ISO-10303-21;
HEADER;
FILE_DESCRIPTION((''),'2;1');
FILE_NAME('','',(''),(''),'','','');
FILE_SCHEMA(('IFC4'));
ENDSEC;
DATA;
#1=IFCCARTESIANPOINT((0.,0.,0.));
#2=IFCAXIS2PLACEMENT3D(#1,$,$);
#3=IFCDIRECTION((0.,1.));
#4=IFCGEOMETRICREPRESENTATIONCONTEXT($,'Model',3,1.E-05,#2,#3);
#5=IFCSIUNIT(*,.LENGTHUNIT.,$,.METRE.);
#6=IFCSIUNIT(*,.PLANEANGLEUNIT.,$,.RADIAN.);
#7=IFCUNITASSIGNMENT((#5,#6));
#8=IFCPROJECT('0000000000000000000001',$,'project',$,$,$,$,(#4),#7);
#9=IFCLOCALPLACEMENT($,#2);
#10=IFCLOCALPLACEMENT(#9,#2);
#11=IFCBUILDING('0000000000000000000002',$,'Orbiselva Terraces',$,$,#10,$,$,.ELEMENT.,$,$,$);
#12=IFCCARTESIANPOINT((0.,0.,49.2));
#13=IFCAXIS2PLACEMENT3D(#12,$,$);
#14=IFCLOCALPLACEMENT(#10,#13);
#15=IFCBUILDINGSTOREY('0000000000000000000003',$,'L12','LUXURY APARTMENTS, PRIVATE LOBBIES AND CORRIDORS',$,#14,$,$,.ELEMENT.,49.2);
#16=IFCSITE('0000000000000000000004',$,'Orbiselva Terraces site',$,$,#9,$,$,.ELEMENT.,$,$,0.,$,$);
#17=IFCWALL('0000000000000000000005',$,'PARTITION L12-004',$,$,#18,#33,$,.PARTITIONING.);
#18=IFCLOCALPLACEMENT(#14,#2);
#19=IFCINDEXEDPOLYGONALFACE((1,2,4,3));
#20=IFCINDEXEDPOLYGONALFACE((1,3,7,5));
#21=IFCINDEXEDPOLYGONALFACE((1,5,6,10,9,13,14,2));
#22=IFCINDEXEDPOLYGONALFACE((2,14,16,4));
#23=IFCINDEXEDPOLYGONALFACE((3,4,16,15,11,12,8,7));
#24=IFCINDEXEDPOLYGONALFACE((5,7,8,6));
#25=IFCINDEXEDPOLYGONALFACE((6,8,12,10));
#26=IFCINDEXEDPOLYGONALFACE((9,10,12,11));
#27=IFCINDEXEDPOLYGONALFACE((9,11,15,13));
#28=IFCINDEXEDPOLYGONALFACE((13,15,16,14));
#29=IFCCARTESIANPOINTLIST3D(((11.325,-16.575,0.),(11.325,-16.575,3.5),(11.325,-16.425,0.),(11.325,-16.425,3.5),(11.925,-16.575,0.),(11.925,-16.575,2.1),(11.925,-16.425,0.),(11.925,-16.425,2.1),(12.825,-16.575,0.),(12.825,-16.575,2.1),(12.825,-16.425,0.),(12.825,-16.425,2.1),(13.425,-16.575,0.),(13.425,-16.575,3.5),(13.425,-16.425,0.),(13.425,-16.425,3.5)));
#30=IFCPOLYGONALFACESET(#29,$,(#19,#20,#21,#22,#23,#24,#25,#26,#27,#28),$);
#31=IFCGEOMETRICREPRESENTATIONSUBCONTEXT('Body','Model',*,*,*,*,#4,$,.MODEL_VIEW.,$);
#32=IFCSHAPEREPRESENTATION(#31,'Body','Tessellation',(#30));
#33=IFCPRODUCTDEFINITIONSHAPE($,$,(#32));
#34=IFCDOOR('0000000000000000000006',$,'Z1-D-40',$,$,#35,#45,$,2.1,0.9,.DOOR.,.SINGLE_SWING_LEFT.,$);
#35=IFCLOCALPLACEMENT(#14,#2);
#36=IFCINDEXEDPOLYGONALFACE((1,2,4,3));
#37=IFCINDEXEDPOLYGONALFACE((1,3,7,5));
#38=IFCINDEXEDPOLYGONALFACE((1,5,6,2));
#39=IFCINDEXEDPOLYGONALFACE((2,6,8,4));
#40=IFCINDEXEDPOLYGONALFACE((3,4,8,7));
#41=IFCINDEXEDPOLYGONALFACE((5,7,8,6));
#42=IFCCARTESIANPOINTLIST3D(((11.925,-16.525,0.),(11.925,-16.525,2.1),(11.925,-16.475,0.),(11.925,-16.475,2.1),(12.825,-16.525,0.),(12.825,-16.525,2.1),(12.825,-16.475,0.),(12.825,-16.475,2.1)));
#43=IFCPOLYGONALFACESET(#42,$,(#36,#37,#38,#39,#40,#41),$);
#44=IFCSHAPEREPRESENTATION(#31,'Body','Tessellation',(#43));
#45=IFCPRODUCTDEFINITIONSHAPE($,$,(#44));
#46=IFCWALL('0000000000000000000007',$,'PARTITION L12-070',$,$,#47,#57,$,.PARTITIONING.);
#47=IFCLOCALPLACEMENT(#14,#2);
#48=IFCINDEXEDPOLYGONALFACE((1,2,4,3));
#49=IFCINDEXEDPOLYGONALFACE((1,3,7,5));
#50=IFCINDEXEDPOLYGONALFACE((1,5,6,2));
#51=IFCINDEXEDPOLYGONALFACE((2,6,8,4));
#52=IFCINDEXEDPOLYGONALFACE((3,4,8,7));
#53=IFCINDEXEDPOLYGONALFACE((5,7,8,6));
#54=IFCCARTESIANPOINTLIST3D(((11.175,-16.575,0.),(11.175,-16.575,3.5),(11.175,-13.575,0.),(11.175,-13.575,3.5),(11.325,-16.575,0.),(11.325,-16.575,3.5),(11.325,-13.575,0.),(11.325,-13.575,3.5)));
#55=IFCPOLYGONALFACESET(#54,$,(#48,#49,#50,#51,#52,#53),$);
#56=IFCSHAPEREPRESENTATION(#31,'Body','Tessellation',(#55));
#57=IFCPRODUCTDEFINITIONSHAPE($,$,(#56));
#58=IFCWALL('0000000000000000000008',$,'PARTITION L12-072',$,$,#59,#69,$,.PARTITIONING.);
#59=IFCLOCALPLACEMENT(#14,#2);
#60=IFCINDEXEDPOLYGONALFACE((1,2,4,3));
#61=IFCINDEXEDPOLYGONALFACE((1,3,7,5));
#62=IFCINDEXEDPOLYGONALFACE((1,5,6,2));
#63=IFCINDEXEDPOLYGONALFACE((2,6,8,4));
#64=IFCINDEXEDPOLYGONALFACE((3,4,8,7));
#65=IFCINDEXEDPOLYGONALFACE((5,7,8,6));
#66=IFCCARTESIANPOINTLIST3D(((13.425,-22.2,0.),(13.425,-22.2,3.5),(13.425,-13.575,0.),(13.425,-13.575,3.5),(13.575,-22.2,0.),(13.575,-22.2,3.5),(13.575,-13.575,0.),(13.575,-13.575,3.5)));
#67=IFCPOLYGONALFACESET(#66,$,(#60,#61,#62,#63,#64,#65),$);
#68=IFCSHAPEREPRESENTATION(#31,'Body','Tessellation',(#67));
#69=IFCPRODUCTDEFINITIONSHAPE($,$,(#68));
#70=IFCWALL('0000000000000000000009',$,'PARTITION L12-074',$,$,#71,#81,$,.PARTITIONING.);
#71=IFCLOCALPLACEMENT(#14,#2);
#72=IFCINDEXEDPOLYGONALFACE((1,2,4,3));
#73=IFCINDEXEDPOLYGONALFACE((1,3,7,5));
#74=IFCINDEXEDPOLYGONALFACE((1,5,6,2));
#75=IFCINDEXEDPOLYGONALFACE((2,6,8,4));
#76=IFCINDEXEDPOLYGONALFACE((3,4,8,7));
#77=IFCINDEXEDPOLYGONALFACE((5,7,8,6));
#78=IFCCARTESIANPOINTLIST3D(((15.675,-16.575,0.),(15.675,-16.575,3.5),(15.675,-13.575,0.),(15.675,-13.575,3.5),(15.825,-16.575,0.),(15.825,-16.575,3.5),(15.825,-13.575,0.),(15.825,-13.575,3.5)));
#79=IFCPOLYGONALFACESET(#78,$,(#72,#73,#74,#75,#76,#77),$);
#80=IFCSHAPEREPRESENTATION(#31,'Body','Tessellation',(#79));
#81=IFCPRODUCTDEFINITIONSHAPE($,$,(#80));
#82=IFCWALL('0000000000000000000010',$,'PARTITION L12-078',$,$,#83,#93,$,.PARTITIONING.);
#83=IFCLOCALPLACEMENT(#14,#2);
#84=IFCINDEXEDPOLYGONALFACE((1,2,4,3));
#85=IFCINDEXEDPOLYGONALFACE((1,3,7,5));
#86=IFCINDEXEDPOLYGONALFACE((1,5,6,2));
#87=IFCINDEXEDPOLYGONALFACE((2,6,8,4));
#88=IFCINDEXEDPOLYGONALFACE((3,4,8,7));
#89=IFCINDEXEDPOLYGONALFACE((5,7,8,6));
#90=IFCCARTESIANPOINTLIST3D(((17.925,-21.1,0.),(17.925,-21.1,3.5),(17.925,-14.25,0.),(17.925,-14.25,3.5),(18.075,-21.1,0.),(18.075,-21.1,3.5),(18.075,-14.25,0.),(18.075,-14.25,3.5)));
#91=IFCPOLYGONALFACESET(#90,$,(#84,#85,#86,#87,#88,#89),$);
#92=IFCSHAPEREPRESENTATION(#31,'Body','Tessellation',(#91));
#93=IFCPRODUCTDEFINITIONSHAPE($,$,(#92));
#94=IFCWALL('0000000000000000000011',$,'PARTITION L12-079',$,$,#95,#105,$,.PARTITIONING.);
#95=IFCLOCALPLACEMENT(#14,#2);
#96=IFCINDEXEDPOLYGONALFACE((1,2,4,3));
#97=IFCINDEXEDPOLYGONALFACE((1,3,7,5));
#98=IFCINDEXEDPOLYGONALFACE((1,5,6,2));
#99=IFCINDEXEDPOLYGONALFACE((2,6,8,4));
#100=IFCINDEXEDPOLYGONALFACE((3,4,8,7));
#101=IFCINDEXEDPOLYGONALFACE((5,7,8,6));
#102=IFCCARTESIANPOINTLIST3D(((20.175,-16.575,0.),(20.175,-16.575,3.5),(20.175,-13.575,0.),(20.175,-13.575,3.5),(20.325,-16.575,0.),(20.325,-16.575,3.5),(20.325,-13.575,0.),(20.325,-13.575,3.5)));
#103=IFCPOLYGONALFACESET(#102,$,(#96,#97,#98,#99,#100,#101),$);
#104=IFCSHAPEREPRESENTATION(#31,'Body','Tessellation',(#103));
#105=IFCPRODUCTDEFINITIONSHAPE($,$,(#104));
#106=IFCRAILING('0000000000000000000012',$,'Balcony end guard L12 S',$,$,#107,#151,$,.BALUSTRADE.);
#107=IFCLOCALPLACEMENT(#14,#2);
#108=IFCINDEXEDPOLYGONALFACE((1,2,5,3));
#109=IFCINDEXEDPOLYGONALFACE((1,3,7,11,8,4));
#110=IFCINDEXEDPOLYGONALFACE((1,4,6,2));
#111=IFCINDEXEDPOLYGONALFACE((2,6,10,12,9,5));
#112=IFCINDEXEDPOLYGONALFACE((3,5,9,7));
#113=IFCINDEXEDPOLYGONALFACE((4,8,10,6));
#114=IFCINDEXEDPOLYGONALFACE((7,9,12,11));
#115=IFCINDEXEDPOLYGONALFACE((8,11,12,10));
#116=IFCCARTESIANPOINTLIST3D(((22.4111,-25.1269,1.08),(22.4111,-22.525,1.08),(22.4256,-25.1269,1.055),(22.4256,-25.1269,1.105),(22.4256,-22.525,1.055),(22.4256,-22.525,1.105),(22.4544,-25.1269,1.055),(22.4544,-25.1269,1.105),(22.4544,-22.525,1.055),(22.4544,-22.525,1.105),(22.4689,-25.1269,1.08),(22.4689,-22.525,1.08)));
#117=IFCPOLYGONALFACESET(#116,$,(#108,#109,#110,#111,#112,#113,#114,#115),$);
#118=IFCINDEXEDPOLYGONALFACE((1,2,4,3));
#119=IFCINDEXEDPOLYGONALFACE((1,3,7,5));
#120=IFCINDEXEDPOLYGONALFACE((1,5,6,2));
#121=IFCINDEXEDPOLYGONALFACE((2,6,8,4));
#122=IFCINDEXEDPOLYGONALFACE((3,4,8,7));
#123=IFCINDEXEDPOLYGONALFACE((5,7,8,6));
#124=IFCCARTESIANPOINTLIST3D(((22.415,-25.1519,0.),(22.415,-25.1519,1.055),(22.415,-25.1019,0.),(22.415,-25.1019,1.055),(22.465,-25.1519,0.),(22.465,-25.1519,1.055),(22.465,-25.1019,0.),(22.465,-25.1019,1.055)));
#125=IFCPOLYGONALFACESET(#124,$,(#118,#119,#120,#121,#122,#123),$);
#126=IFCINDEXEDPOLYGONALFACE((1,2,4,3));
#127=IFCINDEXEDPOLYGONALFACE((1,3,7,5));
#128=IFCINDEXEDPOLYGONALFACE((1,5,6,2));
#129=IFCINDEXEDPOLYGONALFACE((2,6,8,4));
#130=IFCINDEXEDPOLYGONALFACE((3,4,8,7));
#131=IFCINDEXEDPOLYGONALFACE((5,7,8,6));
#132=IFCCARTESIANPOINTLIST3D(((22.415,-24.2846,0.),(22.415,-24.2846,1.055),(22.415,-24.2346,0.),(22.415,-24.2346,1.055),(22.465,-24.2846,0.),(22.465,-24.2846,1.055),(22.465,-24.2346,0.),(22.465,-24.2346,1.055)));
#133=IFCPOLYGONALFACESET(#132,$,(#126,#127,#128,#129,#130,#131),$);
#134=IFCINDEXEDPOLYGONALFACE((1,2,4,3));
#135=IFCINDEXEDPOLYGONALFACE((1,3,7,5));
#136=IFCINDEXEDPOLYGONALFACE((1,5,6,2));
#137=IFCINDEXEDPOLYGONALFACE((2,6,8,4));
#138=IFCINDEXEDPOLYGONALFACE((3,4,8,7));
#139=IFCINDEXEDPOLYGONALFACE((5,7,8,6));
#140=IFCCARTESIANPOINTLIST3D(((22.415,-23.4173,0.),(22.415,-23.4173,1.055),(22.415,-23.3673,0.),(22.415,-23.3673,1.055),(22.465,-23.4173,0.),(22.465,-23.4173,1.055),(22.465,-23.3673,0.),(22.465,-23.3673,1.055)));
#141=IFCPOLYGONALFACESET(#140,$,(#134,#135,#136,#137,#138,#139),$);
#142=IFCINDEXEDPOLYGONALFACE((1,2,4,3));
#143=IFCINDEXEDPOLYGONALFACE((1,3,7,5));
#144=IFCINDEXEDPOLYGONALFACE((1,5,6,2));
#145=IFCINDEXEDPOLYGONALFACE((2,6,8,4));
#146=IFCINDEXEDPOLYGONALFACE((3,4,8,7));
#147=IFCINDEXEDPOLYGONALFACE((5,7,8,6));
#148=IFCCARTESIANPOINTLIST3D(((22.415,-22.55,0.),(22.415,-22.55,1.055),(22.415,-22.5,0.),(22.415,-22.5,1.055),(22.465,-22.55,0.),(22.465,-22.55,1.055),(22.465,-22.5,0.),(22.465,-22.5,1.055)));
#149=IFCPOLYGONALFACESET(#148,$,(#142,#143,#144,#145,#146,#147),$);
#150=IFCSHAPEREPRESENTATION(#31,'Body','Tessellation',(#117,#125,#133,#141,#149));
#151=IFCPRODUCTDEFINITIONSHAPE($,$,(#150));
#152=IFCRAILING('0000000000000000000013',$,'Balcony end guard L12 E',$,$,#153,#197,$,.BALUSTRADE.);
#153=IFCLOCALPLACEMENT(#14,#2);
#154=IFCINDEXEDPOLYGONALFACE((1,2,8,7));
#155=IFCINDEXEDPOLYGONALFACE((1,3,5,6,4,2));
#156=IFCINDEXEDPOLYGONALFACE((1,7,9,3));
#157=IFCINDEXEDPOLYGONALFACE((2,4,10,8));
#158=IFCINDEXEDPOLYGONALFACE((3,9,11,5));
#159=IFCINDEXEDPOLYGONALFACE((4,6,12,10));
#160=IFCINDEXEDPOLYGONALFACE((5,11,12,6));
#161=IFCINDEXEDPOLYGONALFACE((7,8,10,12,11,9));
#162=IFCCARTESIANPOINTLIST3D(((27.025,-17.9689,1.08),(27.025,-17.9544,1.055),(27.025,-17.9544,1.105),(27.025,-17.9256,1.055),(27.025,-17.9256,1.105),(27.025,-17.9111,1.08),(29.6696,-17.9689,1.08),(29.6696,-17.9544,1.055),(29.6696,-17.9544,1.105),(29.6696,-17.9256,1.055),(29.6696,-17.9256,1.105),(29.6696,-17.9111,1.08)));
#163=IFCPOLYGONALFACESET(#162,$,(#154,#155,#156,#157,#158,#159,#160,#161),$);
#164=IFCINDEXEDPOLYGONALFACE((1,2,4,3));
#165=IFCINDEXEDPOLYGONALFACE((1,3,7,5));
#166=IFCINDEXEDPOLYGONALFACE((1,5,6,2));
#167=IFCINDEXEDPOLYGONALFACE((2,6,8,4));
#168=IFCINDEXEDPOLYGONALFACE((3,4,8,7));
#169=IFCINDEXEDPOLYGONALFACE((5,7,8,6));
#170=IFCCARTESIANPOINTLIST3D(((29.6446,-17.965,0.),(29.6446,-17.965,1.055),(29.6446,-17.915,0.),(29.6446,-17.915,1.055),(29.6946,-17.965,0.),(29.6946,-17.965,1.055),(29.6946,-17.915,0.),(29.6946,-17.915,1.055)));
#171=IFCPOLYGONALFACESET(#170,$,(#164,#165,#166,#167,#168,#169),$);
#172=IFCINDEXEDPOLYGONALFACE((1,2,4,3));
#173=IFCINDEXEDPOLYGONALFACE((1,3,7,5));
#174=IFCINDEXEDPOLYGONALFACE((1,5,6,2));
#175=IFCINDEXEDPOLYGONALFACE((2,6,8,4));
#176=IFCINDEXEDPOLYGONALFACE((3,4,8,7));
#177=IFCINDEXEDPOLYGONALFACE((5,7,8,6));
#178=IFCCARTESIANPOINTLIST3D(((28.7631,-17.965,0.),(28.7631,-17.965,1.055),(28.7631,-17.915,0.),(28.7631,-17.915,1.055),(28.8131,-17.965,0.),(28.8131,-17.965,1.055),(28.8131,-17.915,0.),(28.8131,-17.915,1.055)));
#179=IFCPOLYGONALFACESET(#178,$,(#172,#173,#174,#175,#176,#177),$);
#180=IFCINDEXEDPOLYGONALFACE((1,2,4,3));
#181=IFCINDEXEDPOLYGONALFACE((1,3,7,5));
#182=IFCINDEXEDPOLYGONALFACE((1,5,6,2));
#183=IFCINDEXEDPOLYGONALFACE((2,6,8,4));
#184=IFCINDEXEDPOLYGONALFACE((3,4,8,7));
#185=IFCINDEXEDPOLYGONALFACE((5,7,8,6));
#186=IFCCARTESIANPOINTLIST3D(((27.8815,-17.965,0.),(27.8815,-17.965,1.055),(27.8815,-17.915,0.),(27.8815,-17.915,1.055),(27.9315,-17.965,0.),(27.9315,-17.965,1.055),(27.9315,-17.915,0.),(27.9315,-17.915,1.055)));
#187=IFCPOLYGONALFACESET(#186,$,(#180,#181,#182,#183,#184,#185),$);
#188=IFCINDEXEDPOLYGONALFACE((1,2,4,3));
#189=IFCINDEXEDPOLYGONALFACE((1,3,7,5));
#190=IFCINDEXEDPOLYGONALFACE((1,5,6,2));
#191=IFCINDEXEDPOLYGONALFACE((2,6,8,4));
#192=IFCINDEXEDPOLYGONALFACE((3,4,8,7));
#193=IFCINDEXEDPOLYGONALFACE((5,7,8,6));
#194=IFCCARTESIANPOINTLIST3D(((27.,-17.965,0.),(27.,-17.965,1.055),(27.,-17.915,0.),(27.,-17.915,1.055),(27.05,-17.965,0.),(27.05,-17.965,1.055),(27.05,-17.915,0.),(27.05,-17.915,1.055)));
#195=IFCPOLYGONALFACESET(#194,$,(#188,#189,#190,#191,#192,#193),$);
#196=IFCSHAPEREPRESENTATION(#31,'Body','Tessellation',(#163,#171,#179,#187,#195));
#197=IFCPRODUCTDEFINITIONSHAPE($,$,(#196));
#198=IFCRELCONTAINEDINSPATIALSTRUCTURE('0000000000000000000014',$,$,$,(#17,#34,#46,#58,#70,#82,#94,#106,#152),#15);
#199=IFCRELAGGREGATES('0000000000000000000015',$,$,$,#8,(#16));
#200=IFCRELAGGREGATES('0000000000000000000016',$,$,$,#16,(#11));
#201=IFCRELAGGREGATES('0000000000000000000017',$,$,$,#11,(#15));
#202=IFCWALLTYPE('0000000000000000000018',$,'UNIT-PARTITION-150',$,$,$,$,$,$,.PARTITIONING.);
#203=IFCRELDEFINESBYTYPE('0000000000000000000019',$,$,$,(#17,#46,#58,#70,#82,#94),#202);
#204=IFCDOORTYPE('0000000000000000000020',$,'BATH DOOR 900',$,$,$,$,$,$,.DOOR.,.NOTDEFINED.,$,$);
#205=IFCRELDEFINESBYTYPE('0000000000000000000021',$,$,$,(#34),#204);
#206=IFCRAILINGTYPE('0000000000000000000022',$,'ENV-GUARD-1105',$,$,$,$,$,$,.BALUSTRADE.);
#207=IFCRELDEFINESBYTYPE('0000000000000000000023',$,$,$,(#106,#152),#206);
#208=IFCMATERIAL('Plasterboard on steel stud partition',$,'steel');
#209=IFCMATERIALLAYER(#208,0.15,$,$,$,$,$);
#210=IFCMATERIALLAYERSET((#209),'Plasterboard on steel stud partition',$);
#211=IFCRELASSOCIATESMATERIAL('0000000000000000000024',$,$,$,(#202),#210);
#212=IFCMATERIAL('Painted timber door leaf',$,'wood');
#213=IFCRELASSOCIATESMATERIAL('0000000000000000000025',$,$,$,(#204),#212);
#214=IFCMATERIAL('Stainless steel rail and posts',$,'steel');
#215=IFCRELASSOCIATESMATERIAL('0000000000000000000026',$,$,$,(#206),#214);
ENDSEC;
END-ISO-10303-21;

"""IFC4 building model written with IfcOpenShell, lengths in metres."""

from ifc_helpers import new_model, si_unit, direction, frame, frame_2d, origin, origin_2d, place, context, subcontext, project, spatial, polyline, rectangle, outline, extrude, material, layer, layer_set, type_object, element, fill, save


model = new_model("IFC4")

# Units and contexts
model_context = context("Model", 3, precision=1e-05, world=origin(), true_north=direction((0.0, 1.0)))
body_context = subcontext(model_context, "Body", "Model", "MODEL_VIEW")
ifc_project = project(units=[si_unit("LENGTHUNIT", "METRE"), si_unit("PLANEANGLEUNIT", "RADIAN")], contexts=[model_context])

# Site, building, storey
site_placement = place(None, origin())
site = spatial("IfcSite", under=ifc_project, at=site_placement, Name="Orbiselva Terraces site", CompositionType="ELEMENT", RefElevation=0.0)
building_placement = place(site_placement, origin())
building = spatial("IfcBuilding", under=site, at=building_placement, Name="Orbiselva Terraces", CompositionType="ELEMENT")
storey_placement = place(building_placement, frame((0.0, 0.0, 49.2)))
storey = spatial("IfcBuildingStorey", under=building, at=storey_placement, Name="L12", Description="LUXURY APARTMENTS, PRIVATE LOBBIES AND CORRIDORS", CompositionType="ELEMENT", Elevation=49.2)

# Wall, opening, door
ifc_material_1 = material(Name="Plasterboard on steel stud partition", Category="steel")
ifc_layer_1 = layer(ifc_material_1, 0.15)
ifc_layer_set_1 = layer_set([ifc_layer_1], Name="Plasterboard on steel stud partition")
wall_type_1 = type_object("IfcWallType", Name="UNIT-PARTITION-150", PredefinedType="PARTITIONING", material=ifc_layer_set_1)
wall_1_placement = place(storey_placement, frame((11.325, -16.5, 0.0), z_axis=(0.0, 0.0, 1.0), x_axis=(1.0, 0.0, 0.0)))
wall_1 = element("IfcWall", 1, at=wall_1_placement, inside=storey, type_object=wall_type_1, Name="PARTITION L12-004", PredefinedType="PARTITIONING", context=body_context, shape_type="SweptSolid", body=[
    extrude(rectangle(XDim=2.1, YDim=0.15, at=frame_2d((1.05, 0.0))), origin(), (0.0, 0.0, 1.0), 3.5),
])
opening_1_placement = place(wall_1_placement, frame((0.6, 0.0, 0.0)))
opening_1 = element("IfcOpeningElement", 2, at=opening_1_placement, cuts=wall_1, PredefinedType="OPENING", context=body_context, shape_type="SweptSolid", body=[
    extrude(rectangle(XDim=0.9, YDim=2.1, at=frame_2d((0.45, 1.05))), frame((0.0, 0.085, 0.0), z_axis=(0.0, -1.0, 0.0), x_axis=(1.0, 0.0, 0.0)), (0.0, 0.0, 1.0), 0.17),
])
ifc_material_2 = material(Name="Painted timber door leaf", Category="wood")
door_type_1 = type_object("IfcDoorType", Name="BATH DOOR 900", OperationType="NOTDEFINED", PredefinedType="DOOR", material=ifc_material_2)
door_1_placement = place(opening_1_placement, origin())
door_1 = element("IfcDoor", 3, at=door_1_placement, inside=storey, type_object=door_type_1, Name="Z1-D-40", OperationType="SINGLE_SWING_LEFT", OverallHeight=2.1, OverallWidth=0.9, PredefinedType="DOOR", context=body_context, shape_type="SweptSolid", body=[
    extrude(rectangle(XDim=0.9, YDim=2.1, at=frame_2d((0.45, 1.05))), frame((0.0, 0.025, 0.0), z_axis=(0.0, -1.0, 0.0), x_axis=(1.0, 0.0, 0.0)), (0.0, 0.0, 1.0), 0.05),
])
fill(opening_1, door_1)

# Walls
wall_2_placement = place(storey_placement, frame((11.25, -16.575, 0.0), z_axis=(0.0, 0.0, 1.0), x_axis=(0.0, 1.0, 0.0)))
element("IfcWall", 4, at=wall_2_placement, inside=storey, type_object=wall_type_1, Name="PARTITION L12-070", PredefinedType="PARTITIONING", context=body_context, shape_type="SweptSolid", body=[
    extrude(rectangle(XDim=3.0, YDim=0.15, at=frame_2d((1.5, 0.0))), origin(), (0.0, 0.0, 1.0), 3.5),
])
wall_3_placement = place(storey_placement, frame((13.5, -22.2, 0.0), z_axis=(0.0, 0.0, 1.0), x_axis=(0.0, 1.0, 0.0)))
element("IfcWall", 5, at=wall_3_placement, inside=storey, type_object=wall_type_1, Name="PARTITION L12-072", PredefinedType="PARTITIONING", context=body_context, shape_type="SweptSolid", body=[
    extrude(rectangle(XDim=8.625, YDim=0.15, at=frame_2d((4.3125, 0.0))), origin(), (0.0, 0.0, 1.0), 3.5),
])
wall_4_placement = place(storey_placement, frame((15.75, -16.575, 0.0), z_axis=(0.0, 0.0, 1.0), x_axis=(0.0, 1.0, 0.0)))
element("IfcWall", 6, at=wall_4_placement, inside=storey, type_object=wall_type_1, Name="PARTITION L12-074", PredefinedType="PARTITIONING", context=body_context, shape_type="SweptSolid", body=[
    extrude(rectangle(XDim=3.0, YDim=0.15, at=frame_2d((1.5, 0.0))), origin(), (0.0, 0.0, 1.0), 3.5),
])
wall_5_placement = place(storey_placement, frame((18.0, -21.1, 0.0), z_axis=(0.0, 0.0, 1.0), x_axis=(0.0, 1.0, 0.0)))
element("IfcWall", 7, at=wall_5_placement, inside=storey, type_object=wall_type_1, Name="PARTITION L12-078", PredefinedType="PARTITIONING", context=body_context, shape_type="SweptSolid", body=[
    extrude(rectangle(XDim=6.85, YDim=0.15, at=frame_2d((3.425, 0.0))), origin(), (0.0, 0.0, 1.0), 3.5),
])
wall_6_placement = place(storey_placement, frame((20.25, -16.575, 0.0), z_axis=(0.0, 0.0, 1.0), x_axis=(0.0, 1.0, 0.0)))
element("IfcWall", 8, at=wall_6_placement, inside=storey, type_object=wall_type_1, Name="PARTITION L12-079", PredefinedType="PARTITIONING", context=body_context, shape_type="SweptSolid", body=[
    extrude(rectangle(XDim=3.0, YDim=0.15, at=frame_2d((1.5, 0.0))), origin(), (0.0, 0.0, 1.0), 3.5),
])

# Railings
ifc_material_3 = material(Name="Stainless steel rail and posts", Category="steel")
railing_type_1 = type_object("IfcRailingType", Name="ENV-GUARD-1105", PredefinedType="BALUSTRADE", material=ifc_material_3)
railing_1_placement = place(storey_placement, frame((22.44, -25.1269, 0.0)))
element("IfcRailing", 9, at=railing_1_placement, inside=storey, type_object=railing_type_1, Name="Balcony end guard L12 S", PredefinedType="BALUSTRADE", context=body_context, shape_type="SweptSolid", body=[
    extrude(outline(polyline([(0.0289, 0.0), (0.0144, 0.025), (-0.0144, 0.025), (-0.0289, 0.0), (-0.0144, -0.025), (0.0144, -0.025), (0.0289, 0.0)])), frame((0.0, 0.0, 1.08), z_axis=(0.0, 1.0, 0.0), x_axis=(-1.0, 0.0, 0.0)), (0.0, 0.0, 1.0), 2.6019),
    extrude(rectangle(XDim=0.05, YDim=0.05, at=origin_2d()), origin(), (0.0, 0.0, 1.0), 1.055),
    extrude(rectangle(XDim=0.05, YDim=0.05, at=origin_2d()), frame((0.0, 0.8673, 0.0)), (0.0, 0.0, 1.0), 1.055),
    extrude(rectangle(XDim=0.05, YDim=0.05, at=origin_2d()), frame((0.0, 1.7346, 0.0)), (0.0, 0.0, 1.0), 1.055),
    extrude(rectangle(XDim=0.05, YDim=0.05, at=origin_2d()), frame((0.0, 2.6019, 0.0)), (0.0, 0.0, 1.0), 1.055),
])
railing_2_placement = place(storey_placement, frame((29.6696, -17.94, 0.0)))
element("IfcRailing", 10, at=railing_2_placement, inside=storey, type_object=railing_type_1, Name="Balcony end guard L12 E", PredefinedType="BALUSTRADE", context=body_context, shape_type="SweptSolid", body=[
    extrude(outline(polyline([(0.0289, 0.0), (0.0144, 0.025), (-0.0144, 0.025), (-0.0289, 0.0), (-0.0144, -0.025), (0.0144, -0.025), (0.0289, 0.0)])), frame((0.0, 0.0, 1.08), z_axis=(-1.0, 0.0, 0.0), x_axis=(0.0, -1.0, 0.0)), (0.0, 0.0, 1.0), 2.6446),
    extrude(rectangle(XDim=0.05, YDim=0.05, at=origin_2d()), origin(), (0.0, 0.0, 1.0), 1.055),
    extrude(rectangle(XDim=0.05, YDim=0.05, at=origin_2d()), frame((-0.8815, 0.0, 0.0)), (0.0, 0.0, 1.0), 1.055),
    extrude(rectangle(XDim=0.05, YDim=0.05, at=origin_2d()), frame((-1.7631, 0.0, 0.0)), (0.0, 0.0, 1.0), 1.055),
    extrude(rectangle(XDim=0.05, YDim=0.05, at=origin_2d()), frame((-2.6446, 0.0, 0.0)), (0.0, 0.0, 1.0), 1.055),
])

save(model, "model.ifc")
